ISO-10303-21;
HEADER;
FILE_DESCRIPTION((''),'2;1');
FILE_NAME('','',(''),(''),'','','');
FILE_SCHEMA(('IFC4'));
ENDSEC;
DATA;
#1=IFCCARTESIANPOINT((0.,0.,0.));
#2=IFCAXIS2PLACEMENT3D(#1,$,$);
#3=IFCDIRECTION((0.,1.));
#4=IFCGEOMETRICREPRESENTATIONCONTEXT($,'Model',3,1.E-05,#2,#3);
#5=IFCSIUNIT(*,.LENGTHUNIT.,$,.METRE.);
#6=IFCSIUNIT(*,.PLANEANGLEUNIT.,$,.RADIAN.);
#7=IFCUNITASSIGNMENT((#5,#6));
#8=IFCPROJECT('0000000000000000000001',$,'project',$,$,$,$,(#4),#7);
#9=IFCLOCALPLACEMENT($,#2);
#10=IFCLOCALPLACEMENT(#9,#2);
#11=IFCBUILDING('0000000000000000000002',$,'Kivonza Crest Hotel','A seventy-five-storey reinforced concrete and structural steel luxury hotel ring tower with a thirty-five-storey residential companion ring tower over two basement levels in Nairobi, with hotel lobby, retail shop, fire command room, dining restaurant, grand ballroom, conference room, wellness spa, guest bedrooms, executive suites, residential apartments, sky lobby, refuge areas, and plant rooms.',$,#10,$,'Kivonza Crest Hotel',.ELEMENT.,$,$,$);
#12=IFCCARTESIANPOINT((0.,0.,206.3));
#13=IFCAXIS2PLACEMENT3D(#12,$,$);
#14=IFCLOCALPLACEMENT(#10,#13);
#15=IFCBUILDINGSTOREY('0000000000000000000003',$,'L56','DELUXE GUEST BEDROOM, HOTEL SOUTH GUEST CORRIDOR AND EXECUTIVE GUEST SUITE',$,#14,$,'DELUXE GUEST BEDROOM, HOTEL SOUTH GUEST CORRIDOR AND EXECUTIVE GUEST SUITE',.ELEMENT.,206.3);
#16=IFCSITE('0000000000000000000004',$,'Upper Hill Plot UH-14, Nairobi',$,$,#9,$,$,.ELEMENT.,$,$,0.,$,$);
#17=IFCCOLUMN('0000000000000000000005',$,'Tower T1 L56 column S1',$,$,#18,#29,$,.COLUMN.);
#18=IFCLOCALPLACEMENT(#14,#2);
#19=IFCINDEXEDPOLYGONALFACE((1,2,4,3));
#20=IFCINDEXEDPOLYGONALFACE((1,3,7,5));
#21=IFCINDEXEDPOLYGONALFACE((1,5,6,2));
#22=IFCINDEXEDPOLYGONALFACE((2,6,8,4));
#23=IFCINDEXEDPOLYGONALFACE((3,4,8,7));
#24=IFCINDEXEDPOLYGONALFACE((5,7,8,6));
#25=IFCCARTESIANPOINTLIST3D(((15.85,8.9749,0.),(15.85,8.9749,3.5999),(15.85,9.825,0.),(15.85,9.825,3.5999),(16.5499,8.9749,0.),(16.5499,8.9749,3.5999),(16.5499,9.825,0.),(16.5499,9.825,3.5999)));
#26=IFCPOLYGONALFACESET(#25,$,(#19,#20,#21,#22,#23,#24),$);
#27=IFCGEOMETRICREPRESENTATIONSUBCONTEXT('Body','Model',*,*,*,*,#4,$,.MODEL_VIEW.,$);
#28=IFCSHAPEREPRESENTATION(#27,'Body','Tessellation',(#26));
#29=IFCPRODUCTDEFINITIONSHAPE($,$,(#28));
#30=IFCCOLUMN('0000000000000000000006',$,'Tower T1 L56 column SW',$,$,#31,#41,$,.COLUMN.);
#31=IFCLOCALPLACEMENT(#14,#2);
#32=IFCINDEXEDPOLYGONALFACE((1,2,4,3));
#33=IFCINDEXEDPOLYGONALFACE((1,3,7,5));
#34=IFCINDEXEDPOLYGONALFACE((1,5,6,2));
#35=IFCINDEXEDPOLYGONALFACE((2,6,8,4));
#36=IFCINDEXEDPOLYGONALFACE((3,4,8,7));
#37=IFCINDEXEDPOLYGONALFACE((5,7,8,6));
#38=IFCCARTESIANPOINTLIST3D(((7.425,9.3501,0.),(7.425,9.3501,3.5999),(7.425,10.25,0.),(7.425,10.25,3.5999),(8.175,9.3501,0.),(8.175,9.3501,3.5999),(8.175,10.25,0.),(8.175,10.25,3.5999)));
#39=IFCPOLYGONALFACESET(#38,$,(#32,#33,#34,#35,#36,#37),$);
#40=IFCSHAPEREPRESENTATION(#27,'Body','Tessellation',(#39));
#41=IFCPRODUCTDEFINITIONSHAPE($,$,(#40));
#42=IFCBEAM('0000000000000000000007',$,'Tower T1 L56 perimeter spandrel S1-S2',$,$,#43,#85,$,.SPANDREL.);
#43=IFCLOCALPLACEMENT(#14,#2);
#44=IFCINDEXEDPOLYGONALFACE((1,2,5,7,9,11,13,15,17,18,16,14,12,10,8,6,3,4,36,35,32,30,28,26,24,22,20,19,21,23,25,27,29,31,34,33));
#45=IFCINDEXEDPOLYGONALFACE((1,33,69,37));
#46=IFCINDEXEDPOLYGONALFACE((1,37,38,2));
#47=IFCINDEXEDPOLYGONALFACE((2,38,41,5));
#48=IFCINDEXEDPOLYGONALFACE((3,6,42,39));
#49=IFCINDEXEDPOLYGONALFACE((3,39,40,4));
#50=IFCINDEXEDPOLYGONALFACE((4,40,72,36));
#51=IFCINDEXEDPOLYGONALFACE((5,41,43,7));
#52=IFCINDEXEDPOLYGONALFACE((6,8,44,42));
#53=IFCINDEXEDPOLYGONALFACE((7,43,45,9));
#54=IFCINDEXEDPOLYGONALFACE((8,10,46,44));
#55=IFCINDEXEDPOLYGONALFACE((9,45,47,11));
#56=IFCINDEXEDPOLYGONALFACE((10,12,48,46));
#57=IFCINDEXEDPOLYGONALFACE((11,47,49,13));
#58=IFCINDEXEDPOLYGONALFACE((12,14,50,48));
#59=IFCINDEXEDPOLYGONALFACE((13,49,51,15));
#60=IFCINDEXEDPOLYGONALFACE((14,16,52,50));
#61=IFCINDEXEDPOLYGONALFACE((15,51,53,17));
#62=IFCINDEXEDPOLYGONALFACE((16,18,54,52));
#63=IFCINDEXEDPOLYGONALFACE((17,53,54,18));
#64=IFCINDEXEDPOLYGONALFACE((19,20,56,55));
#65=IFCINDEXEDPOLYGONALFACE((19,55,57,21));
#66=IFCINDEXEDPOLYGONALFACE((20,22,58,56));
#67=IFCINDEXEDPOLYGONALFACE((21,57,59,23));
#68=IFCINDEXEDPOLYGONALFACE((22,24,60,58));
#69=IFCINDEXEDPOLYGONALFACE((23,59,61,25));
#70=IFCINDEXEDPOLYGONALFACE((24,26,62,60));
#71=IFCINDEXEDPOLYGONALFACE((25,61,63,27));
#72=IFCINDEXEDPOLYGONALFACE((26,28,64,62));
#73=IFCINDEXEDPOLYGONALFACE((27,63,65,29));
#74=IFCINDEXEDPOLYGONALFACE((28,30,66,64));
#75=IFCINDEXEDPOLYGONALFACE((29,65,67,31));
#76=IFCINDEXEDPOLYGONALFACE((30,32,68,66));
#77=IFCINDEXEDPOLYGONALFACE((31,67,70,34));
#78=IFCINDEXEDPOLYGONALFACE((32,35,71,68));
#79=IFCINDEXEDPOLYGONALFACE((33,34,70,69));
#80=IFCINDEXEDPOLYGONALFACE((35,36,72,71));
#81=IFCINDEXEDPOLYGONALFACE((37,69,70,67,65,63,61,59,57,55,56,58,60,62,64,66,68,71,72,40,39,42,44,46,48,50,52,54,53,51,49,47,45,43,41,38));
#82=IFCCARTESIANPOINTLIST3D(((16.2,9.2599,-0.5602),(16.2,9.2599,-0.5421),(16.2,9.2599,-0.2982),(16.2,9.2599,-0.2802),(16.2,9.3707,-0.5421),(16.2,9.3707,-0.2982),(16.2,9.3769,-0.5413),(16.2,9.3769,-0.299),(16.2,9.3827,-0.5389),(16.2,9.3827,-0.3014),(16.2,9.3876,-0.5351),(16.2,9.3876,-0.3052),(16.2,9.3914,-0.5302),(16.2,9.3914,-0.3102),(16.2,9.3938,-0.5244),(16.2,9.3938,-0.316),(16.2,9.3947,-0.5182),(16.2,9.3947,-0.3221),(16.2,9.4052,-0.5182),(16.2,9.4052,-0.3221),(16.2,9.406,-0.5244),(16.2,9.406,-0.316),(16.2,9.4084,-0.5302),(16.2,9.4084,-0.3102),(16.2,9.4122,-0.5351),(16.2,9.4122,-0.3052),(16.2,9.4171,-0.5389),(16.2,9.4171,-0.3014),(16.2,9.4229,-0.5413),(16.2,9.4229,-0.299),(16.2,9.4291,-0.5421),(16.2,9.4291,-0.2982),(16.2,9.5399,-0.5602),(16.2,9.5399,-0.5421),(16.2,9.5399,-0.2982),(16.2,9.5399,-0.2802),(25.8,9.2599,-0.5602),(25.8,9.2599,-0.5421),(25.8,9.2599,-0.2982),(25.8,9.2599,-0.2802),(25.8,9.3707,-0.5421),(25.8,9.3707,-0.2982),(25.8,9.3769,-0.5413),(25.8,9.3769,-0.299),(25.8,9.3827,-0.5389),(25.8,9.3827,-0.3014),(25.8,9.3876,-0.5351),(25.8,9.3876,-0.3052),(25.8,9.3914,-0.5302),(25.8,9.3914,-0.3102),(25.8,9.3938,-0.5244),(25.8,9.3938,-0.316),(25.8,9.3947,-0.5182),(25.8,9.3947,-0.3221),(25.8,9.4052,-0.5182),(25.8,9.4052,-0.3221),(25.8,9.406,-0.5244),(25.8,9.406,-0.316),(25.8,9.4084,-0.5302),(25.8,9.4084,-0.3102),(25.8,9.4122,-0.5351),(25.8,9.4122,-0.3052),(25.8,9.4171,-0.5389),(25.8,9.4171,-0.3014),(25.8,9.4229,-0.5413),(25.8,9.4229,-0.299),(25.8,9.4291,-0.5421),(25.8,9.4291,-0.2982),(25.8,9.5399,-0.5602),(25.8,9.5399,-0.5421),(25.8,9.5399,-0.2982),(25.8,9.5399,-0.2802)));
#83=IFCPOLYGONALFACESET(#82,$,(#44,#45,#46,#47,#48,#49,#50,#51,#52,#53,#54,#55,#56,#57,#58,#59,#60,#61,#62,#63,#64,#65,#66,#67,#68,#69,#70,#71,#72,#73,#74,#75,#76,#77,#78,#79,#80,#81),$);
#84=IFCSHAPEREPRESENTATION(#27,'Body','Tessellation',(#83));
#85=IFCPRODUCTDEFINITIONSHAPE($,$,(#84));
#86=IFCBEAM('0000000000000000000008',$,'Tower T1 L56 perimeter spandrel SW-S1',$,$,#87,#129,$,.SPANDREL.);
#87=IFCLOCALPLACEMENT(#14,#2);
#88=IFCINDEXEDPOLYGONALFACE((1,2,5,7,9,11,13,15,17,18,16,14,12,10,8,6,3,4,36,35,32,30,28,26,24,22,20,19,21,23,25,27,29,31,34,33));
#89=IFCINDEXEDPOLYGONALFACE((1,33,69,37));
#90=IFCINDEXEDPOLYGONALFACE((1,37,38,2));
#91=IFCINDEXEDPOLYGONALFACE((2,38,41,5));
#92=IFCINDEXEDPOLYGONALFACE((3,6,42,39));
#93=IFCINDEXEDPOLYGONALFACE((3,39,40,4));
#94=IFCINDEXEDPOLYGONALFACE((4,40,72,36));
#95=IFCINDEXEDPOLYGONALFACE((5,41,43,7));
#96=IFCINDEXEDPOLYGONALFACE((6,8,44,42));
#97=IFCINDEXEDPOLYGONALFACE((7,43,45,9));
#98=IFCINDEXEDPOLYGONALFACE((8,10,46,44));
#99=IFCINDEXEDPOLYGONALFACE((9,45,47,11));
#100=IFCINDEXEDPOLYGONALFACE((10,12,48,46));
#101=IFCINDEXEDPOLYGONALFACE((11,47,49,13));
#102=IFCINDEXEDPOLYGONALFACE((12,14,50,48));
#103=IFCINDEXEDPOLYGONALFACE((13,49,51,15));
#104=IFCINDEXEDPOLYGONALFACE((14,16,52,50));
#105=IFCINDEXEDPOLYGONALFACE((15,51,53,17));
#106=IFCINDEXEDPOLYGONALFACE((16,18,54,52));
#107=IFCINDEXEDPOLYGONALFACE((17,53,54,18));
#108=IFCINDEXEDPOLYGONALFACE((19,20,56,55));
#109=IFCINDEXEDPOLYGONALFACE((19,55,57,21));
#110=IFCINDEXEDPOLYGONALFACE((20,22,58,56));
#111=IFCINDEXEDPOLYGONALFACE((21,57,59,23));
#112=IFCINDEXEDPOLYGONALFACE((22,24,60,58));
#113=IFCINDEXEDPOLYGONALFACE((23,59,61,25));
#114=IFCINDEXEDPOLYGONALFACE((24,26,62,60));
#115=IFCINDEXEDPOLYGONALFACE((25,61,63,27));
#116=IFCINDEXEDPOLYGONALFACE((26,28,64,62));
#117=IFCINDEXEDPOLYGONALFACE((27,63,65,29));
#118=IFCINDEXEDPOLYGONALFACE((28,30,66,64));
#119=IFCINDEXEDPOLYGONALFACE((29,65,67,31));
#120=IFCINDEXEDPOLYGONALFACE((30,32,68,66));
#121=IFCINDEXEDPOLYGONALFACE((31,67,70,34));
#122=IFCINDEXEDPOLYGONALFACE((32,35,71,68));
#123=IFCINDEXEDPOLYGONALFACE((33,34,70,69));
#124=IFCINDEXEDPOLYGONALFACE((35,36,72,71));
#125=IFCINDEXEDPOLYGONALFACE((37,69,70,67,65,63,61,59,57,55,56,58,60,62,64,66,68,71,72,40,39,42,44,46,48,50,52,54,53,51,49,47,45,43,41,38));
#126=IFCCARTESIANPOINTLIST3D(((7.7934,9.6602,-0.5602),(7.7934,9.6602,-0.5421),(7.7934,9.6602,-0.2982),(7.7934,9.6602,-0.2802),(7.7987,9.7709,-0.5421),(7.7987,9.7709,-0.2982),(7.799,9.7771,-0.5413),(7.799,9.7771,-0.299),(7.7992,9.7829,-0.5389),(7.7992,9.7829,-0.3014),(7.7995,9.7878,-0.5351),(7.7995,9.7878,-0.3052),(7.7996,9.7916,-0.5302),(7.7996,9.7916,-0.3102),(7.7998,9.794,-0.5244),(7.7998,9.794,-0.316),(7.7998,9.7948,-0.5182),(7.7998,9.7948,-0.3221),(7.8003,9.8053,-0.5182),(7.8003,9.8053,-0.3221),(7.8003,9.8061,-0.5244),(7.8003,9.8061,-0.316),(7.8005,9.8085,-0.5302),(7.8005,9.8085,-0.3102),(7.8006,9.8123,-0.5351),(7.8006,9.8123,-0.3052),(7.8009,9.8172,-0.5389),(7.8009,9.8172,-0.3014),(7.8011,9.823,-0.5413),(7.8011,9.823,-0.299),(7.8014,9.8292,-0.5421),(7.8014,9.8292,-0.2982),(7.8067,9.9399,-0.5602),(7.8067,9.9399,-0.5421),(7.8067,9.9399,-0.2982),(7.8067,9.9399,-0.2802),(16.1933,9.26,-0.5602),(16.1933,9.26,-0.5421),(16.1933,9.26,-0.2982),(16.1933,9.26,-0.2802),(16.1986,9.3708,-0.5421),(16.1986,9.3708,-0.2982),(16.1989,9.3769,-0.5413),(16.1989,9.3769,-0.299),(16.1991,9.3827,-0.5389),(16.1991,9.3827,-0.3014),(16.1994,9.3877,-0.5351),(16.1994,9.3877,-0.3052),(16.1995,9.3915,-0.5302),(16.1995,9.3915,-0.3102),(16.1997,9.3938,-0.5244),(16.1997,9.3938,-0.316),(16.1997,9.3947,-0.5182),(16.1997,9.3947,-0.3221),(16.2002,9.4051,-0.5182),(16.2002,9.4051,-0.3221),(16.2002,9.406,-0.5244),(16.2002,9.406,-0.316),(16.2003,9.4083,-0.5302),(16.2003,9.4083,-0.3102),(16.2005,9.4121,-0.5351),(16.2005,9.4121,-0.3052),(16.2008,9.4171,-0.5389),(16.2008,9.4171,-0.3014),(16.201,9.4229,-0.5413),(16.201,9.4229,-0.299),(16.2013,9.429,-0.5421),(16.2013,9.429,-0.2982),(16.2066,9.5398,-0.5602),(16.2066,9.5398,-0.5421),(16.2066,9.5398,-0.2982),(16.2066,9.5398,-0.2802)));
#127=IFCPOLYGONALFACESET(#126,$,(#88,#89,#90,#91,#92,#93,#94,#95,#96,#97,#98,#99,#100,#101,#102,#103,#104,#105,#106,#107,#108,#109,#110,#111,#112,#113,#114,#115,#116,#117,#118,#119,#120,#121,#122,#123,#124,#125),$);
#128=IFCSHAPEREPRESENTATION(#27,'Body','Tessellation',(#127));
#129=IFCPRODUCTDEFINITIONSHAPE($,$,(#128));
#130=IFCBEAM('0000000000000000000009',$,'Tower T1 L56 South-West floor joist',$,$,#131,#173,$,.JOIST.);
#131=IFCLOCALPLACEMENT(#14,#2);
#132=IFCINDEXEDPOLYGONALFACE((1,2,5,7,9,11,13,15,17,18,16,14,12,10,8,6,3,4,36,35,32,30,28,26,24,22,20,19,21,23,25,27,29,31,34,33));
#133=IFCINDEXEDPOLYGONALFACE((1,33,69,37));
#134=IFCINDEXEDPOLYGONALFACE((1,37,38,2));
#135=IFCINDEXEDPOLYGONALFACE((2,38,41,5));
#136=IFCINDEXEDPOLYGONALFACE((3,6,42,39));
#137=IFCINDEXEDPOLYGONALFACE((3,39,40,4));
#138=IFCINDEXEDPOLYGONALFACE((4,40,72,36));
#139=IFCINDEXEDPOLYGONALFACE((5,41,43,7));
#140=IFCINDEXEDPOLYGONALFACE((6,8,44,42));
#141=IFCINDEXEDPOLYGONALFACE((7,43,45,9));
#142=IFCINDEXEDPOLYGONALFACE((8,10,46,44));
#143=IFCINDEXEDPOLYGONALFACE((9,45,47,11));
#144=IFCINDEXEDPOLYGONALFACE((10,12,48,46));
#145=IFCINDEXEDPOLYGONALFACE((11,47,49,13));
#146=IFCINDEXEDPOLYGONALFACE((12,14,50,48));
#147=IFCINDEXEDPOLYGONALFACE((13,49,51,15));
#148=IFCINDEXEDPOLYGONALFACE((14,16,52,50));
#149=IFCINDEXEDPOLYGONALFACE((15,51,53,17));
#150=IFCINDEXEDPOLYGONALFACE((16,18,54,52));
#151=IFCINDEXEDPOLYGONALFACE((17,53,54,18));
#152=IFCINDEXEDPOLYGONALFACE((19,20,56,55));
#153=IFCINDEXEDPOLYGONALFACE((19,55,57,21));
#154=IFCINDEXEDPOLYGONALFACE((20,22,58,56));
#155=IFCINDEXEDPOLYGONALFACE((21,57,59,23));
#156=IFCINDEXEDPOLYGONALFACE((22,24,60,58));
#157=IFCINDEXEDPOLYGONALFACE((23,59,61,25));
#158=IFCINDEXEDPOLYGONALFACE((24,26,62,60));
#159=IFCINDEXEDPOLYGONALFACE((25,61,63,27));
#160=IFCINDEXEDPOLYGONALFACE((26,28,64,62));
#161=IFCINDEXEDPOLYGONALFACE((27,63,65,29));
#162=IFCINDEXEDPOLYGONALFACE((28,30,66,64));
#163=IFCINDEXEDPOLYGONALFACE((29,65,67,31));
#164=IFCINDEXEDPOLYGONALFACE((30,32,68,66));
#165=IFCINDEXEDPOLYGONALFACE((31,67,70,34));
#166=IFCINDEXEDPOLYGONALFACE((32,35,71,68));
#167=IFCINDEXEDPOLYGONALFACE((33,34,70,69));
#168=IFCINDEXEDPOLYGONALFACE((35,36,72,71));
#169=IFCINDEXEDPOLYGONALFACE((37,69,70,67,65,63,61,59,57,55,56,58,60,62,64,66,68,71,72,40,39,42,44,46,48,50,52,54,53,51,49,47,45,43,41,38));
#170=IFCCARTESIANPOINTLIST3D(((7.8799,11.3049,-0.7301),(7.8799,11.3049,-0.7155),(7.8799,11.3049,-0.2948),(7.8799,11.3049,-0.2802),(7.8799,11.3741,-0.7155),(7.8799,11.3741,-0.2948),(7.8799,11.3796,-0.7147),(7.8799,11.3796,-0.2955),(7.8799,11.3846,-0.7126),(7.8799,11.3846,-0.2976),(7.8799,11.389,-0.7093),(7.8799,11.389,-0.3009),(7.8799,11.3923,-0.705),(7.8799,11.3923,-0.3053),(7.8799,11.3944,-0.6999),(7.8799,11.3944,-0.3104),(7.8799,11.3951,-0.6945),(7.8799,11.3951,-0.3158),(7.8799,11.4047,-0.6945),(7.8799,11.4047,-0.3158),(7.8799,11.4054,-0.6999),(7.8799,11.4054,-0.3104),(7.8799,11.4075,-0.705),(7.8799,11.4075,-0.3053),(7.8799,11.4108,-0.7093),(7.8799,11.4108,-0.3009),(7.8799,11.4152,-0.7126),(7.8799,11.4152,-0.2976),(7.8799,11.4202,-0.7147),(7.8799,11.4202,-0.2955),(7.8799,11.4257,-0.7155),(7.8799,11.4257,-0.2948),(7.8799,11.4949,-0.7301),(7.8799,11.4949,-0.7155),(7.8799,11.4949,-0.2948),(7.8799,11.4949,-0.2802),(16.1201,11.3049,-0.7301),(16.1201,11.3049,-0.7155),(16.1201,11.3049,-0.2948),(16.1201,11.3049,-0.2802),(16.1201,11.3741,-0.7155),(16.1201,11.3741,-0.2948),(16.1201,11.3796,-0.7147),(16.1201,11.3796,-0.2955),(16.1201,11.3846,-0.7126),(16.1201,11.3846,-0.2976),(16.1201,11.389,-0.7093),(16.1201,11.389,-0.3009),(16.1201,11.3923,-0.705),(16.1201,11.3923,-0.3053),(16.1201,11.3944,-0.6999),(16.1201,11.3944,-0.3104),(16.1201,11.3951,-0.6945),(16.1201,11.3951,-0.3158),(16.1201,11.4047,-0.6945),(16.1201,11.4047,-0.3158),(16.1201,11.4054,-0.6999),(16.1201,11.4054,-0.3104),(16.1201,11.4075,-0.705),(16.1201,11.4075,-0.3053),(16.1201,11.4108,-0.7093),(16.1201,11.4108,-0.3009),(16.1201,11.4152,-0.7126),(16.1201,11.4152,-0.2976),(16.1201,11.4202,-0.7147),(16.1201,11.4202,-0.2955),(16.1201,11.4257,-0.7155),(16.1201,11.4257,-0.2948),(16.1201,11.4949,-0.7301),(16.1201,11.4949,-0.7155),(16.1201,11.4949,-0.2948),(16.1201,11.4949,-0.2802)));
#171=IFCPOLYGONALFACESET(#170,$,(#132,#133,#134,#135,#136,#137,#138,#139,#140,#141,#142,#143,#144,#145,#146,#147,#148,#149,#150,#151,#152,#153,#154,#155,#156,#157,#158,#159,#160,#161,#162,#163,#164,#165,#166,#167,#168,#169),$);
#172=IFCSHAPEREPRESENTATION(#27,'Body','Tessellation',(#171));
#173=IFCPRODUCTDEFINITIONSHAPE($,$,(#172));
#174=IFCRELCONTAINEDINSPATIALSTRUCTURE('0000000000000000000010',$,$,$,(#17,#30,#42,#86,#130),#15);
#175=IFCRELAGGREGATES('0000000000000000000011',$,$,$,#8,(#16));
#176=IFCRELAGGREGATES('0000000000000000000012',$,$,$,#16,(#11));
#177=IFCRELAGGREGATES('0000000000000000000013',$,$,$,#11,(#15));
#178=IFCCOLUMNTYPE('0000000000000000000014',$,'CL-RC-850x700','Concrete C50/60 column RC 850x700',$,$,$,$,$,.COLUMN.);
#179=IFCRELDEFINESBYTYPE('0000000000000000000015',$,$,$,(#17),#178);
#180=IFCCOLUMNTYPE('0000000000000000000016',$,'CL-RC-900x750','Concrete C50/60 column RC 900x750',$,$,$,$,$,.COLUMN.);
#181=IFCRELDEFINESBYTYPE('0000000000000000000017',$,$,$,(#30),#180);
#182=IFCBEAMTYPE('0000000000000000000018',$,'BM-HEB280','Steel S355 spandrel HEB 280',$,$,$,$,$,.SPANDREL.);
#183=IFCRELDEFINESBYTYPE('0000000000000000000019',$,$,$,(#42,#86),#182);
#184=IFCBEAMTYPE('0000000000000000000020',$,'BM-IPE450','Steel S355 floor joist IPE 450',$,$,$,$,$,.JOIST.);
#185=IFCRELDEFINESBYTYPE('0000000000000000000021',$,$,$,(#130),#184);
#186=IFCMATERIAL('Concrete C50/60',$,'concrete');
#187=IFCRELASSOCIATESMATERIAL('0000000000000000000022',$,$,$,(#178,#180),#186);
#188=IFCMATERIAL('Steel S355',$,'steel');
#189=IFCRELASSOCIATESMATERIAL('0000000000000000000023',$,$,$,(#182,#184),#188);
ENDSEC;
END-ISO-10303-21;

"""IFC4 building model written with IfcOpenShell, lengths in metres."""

from ifc_helpers import new_model, si_unit, direction, frame, origin, origin_2d, place, context, subcontext, project, spatial, rectangle, i_section, extrude, material, material_profile, profile_set, type_object, element, save


model = new_model("IFC4")

# Units and contexts
model_context = context("Model", 3, precision=1e-05, world=origin(), true_north=direction((0.0, 1.0)))
body_context = subcontext(model_context, "Body", "Model", "MODEL_VIEW")
ifc_project = project(units=[si_unit("LENGTHUNIT", "METRE"), si_unit("PLANEANGLEUNIT", "RADIAN")], contexts=[model_context])

# Site, building, storey
site_placement = place(None, origin())
site = spatial("IfcSite", under=ifc_project, at=site_placement, Name="Upper Hill Plot UH-14, Nairobi", CompositionType="ELEMENT", RefElevation=0.0)
building_placement = place(site_placement, origin())
building = spatial("IfcBuilding", under=site, at=building_placement, Name="Kivonza Crest Hotel", Description="A seventy-five-storey reinforced concrete and structural steel luxury hotel ring tower with a thirty-five-storey residential companion ring tower over two basement levels in Nairobi, with hotel lobby, retail shop, fire command room, dining restaurant, grand ballroom, conference room, wellness spa, guest bedrooms, executive suites, residential apartments, sky lobby, refuge areas, and plant rooms.", LongName="Kivonza Crest Hotel", CompositionType="ELEMENT")
storey_placement = place(building_placement, frame((0.0, 0.0, 206.3)))
storey = spatial("IfcBuildingStorey", under=building, at=storey_placement, Name="L56", Description="DELUXE GUEST BEDROOM, HOTEL SOUTH GUEST CORRIDOR AND EXECUTIVE GUEST SUITE", LongName="DELUXE GUEST BEDROOM, HOTEL SOUTH GUEST CORRIDOR AND EXECUTIVE GUEST SUITE", CompositionType="ELEMENT", Elevation=206.3)

# Columns
ifc_material_1 = material(Name="Concrete C50/60", Category="concrete")
ifc_material_profile_1 = material_profile(ifc_material_1, rectangle(XDim=0.7, YDim=0.8501, at=origin_2d()), Name="RC 850x700")
ifc_profile_set_1 = profile_set([ifc_material_profile_1], Name="Concrete C50/60")
column_type_1 = type_object("IfcColumnType", Name="CL-RC-850x700", Description="Concrete C50/60 column RC 850x700", PredefinedType="COLUMN", material=ifc_profile_set_1)
column_1_placement = place(storey_placement, frame((16.2, 9.3999, 0.0), z_axis=(0.0, 0.0, 1.0), x_axis=(1.0, 0.0, 0.0)))
element("IfcColumn", 1, at=column_1_placement, inside=storey, type_object=column_type_1, Name="Tower T1 L56 column S1", PredefinedType="COLUMN", context=body_context, shape_type="SweptSolid", body=[
    extrude(rectangle(XDim=0.7, YDim=0.8501, at=origin_2d()), origin(), (0.0, 0.0, 1.0), 3.5999),
])
ifc_material_profile_2 = material_profile(ifc_material_1, rectangle(XDim=0.75, YDim=0.8999, at=origin_2d()), Name="RC 900x750")
ifc_profile_set_2 = profile_set([ifc_material_profile_2], Name="Concrete C50/60")
column_type_2 = type_object("IfcColumnType", Name="CL-RC-900x750", Description="Concrete C50/60 column RC 900x750", PredefinedType="COLUMN", material=ifc_profile_set_2)
column_2_placement = place(storey_placement, frame((7.8, 9.8, 0.0), z_axis=(0.0, 0.0, 1.0), x_axis=(1.0, 0.0, 0.0)))
element("IfcColumn", 2, at=column_2_placement, inside=storey, type_object=column_type_2, Name="Tower T1 L56 column SW", PredefinedType="COLUMN", context=body_context, shape_type="SweptSolid", body=[
    extrude(rectangle(XDim=0.75, YDim=0.8999, at=origin_2d()), origin(), (0.0, 0.0, 1.0), 3.5999),
])

# Beams
ifc_material_2 = material(Name="Steel S355", Category="steel")
ifc_material_profile_3 = material_profile(ifc_material_2, i_section(OverallWidth=0.28, OverallDepth=0.28, WebThickness=0.0105, FlangeThickness=0.0181, FilletRadius=0.0239, at=origin_2d()), Name="HEB 280")
ifc_profile_set_3 = profile_set([ifc_material_profile_3], Name="Steel S355")
beam_type_1 = type_object("IfcBeamType", Name="BM-HEB280", Description="Steel S355 spandrel HEB 280", PredefinedType="SPANDREL", material=ifc_profile_set_3)
beam_1_placement = place(storey_placement, frame((16.2, 9.3999, -0.4202), z_axis=(1.0, 0.0, 0.0), x_axis=(0.0, 1.0, 0.0)))
element("IfcBeam", 3, at=beam_1_placement, inside=storey, type_object=beam_type_1, Name="Tower T1 L56 perimeter spandrel S1-S2", PredefinedType="SPANDREL", context=body_context, shape_type="SweptSolid", body=[
    extrude(i_section(OverallWidth=0.28, OverallDepth=0.28, WebThickness=0.0105, FlangeThickness=0.0181, FilletRadius=0.0239, at=origin_2d()), origin(), (0.0, 0.0, 1.0), 9.6001),
])
beam_2_placement = place(storey_placement, frame((7.8, 9.8, -0.4202), z_axis=(0.998867, -0.047583, 0.0), x_axis=(0.047583, 0.998867, 0.0)))
element("IfcBeam", 4, at=beam_2_placement, inside=storey, type_object=beam_type_1, Name="Tower T1 L56 perimeter spandrel SW-S1", PredefinedType="SPANDREL", context=body_context, shape_type="SweptSolid", body=[
    extrude(i_section(OverallWidth=0.28, OverallDepth=0.28, WebThickness=0.0105, FlangeThickness=0.0181, FilletRadius=0.0239, at=origin_2d()), origin(), (0.0, 0.0, 1.0), 8.4094),
])
ifc_material_profile_4 = material_profile(ifc_material_2, i_section(OverallWidth=0.1899, OverallDepth=0.45, WebThickness=0.0095, FlangeThickness=0.0146, FilletRadius=0.021, at=origin_2d()), Name="IPE 450")
ifc_profile_set_4 = profile_set([ifc_material_profile_4], Name="Steel S355")
beam_type_2 = type_object("IfcBeamType", Name="BM-IPE450", Description="Steel S355 floor joist IPE 450", PredefinedType="JOIST", material=ifc_profile_set_4)
beam_3_placement = place(storey_placement, frame((7.8799, 11.3999, -0.5051), z_axis=(1.0, 0.0, 0.0), x_axis=(0.0, 1.0, 0.0)))
element("IfcBeam", 5, at=beam_3_placement, inside=storey, type_object=beam_type_2, Name="Tower T1 L56 South-West floor joist", PredefinedType="JOIST", context=body_context, shape_type="SweptSolid", body=[
    extrude(i_section(OverallWidth=0.1899, OverallDepth=0.45, WebThickness=0.0095, FlangeThickness=0.0146, FilletRadius=0.021, at=origin_2d()), origin(), (0.0, 0.0, 1.0), 8.2402),
])

save(model, "model.ifc")
